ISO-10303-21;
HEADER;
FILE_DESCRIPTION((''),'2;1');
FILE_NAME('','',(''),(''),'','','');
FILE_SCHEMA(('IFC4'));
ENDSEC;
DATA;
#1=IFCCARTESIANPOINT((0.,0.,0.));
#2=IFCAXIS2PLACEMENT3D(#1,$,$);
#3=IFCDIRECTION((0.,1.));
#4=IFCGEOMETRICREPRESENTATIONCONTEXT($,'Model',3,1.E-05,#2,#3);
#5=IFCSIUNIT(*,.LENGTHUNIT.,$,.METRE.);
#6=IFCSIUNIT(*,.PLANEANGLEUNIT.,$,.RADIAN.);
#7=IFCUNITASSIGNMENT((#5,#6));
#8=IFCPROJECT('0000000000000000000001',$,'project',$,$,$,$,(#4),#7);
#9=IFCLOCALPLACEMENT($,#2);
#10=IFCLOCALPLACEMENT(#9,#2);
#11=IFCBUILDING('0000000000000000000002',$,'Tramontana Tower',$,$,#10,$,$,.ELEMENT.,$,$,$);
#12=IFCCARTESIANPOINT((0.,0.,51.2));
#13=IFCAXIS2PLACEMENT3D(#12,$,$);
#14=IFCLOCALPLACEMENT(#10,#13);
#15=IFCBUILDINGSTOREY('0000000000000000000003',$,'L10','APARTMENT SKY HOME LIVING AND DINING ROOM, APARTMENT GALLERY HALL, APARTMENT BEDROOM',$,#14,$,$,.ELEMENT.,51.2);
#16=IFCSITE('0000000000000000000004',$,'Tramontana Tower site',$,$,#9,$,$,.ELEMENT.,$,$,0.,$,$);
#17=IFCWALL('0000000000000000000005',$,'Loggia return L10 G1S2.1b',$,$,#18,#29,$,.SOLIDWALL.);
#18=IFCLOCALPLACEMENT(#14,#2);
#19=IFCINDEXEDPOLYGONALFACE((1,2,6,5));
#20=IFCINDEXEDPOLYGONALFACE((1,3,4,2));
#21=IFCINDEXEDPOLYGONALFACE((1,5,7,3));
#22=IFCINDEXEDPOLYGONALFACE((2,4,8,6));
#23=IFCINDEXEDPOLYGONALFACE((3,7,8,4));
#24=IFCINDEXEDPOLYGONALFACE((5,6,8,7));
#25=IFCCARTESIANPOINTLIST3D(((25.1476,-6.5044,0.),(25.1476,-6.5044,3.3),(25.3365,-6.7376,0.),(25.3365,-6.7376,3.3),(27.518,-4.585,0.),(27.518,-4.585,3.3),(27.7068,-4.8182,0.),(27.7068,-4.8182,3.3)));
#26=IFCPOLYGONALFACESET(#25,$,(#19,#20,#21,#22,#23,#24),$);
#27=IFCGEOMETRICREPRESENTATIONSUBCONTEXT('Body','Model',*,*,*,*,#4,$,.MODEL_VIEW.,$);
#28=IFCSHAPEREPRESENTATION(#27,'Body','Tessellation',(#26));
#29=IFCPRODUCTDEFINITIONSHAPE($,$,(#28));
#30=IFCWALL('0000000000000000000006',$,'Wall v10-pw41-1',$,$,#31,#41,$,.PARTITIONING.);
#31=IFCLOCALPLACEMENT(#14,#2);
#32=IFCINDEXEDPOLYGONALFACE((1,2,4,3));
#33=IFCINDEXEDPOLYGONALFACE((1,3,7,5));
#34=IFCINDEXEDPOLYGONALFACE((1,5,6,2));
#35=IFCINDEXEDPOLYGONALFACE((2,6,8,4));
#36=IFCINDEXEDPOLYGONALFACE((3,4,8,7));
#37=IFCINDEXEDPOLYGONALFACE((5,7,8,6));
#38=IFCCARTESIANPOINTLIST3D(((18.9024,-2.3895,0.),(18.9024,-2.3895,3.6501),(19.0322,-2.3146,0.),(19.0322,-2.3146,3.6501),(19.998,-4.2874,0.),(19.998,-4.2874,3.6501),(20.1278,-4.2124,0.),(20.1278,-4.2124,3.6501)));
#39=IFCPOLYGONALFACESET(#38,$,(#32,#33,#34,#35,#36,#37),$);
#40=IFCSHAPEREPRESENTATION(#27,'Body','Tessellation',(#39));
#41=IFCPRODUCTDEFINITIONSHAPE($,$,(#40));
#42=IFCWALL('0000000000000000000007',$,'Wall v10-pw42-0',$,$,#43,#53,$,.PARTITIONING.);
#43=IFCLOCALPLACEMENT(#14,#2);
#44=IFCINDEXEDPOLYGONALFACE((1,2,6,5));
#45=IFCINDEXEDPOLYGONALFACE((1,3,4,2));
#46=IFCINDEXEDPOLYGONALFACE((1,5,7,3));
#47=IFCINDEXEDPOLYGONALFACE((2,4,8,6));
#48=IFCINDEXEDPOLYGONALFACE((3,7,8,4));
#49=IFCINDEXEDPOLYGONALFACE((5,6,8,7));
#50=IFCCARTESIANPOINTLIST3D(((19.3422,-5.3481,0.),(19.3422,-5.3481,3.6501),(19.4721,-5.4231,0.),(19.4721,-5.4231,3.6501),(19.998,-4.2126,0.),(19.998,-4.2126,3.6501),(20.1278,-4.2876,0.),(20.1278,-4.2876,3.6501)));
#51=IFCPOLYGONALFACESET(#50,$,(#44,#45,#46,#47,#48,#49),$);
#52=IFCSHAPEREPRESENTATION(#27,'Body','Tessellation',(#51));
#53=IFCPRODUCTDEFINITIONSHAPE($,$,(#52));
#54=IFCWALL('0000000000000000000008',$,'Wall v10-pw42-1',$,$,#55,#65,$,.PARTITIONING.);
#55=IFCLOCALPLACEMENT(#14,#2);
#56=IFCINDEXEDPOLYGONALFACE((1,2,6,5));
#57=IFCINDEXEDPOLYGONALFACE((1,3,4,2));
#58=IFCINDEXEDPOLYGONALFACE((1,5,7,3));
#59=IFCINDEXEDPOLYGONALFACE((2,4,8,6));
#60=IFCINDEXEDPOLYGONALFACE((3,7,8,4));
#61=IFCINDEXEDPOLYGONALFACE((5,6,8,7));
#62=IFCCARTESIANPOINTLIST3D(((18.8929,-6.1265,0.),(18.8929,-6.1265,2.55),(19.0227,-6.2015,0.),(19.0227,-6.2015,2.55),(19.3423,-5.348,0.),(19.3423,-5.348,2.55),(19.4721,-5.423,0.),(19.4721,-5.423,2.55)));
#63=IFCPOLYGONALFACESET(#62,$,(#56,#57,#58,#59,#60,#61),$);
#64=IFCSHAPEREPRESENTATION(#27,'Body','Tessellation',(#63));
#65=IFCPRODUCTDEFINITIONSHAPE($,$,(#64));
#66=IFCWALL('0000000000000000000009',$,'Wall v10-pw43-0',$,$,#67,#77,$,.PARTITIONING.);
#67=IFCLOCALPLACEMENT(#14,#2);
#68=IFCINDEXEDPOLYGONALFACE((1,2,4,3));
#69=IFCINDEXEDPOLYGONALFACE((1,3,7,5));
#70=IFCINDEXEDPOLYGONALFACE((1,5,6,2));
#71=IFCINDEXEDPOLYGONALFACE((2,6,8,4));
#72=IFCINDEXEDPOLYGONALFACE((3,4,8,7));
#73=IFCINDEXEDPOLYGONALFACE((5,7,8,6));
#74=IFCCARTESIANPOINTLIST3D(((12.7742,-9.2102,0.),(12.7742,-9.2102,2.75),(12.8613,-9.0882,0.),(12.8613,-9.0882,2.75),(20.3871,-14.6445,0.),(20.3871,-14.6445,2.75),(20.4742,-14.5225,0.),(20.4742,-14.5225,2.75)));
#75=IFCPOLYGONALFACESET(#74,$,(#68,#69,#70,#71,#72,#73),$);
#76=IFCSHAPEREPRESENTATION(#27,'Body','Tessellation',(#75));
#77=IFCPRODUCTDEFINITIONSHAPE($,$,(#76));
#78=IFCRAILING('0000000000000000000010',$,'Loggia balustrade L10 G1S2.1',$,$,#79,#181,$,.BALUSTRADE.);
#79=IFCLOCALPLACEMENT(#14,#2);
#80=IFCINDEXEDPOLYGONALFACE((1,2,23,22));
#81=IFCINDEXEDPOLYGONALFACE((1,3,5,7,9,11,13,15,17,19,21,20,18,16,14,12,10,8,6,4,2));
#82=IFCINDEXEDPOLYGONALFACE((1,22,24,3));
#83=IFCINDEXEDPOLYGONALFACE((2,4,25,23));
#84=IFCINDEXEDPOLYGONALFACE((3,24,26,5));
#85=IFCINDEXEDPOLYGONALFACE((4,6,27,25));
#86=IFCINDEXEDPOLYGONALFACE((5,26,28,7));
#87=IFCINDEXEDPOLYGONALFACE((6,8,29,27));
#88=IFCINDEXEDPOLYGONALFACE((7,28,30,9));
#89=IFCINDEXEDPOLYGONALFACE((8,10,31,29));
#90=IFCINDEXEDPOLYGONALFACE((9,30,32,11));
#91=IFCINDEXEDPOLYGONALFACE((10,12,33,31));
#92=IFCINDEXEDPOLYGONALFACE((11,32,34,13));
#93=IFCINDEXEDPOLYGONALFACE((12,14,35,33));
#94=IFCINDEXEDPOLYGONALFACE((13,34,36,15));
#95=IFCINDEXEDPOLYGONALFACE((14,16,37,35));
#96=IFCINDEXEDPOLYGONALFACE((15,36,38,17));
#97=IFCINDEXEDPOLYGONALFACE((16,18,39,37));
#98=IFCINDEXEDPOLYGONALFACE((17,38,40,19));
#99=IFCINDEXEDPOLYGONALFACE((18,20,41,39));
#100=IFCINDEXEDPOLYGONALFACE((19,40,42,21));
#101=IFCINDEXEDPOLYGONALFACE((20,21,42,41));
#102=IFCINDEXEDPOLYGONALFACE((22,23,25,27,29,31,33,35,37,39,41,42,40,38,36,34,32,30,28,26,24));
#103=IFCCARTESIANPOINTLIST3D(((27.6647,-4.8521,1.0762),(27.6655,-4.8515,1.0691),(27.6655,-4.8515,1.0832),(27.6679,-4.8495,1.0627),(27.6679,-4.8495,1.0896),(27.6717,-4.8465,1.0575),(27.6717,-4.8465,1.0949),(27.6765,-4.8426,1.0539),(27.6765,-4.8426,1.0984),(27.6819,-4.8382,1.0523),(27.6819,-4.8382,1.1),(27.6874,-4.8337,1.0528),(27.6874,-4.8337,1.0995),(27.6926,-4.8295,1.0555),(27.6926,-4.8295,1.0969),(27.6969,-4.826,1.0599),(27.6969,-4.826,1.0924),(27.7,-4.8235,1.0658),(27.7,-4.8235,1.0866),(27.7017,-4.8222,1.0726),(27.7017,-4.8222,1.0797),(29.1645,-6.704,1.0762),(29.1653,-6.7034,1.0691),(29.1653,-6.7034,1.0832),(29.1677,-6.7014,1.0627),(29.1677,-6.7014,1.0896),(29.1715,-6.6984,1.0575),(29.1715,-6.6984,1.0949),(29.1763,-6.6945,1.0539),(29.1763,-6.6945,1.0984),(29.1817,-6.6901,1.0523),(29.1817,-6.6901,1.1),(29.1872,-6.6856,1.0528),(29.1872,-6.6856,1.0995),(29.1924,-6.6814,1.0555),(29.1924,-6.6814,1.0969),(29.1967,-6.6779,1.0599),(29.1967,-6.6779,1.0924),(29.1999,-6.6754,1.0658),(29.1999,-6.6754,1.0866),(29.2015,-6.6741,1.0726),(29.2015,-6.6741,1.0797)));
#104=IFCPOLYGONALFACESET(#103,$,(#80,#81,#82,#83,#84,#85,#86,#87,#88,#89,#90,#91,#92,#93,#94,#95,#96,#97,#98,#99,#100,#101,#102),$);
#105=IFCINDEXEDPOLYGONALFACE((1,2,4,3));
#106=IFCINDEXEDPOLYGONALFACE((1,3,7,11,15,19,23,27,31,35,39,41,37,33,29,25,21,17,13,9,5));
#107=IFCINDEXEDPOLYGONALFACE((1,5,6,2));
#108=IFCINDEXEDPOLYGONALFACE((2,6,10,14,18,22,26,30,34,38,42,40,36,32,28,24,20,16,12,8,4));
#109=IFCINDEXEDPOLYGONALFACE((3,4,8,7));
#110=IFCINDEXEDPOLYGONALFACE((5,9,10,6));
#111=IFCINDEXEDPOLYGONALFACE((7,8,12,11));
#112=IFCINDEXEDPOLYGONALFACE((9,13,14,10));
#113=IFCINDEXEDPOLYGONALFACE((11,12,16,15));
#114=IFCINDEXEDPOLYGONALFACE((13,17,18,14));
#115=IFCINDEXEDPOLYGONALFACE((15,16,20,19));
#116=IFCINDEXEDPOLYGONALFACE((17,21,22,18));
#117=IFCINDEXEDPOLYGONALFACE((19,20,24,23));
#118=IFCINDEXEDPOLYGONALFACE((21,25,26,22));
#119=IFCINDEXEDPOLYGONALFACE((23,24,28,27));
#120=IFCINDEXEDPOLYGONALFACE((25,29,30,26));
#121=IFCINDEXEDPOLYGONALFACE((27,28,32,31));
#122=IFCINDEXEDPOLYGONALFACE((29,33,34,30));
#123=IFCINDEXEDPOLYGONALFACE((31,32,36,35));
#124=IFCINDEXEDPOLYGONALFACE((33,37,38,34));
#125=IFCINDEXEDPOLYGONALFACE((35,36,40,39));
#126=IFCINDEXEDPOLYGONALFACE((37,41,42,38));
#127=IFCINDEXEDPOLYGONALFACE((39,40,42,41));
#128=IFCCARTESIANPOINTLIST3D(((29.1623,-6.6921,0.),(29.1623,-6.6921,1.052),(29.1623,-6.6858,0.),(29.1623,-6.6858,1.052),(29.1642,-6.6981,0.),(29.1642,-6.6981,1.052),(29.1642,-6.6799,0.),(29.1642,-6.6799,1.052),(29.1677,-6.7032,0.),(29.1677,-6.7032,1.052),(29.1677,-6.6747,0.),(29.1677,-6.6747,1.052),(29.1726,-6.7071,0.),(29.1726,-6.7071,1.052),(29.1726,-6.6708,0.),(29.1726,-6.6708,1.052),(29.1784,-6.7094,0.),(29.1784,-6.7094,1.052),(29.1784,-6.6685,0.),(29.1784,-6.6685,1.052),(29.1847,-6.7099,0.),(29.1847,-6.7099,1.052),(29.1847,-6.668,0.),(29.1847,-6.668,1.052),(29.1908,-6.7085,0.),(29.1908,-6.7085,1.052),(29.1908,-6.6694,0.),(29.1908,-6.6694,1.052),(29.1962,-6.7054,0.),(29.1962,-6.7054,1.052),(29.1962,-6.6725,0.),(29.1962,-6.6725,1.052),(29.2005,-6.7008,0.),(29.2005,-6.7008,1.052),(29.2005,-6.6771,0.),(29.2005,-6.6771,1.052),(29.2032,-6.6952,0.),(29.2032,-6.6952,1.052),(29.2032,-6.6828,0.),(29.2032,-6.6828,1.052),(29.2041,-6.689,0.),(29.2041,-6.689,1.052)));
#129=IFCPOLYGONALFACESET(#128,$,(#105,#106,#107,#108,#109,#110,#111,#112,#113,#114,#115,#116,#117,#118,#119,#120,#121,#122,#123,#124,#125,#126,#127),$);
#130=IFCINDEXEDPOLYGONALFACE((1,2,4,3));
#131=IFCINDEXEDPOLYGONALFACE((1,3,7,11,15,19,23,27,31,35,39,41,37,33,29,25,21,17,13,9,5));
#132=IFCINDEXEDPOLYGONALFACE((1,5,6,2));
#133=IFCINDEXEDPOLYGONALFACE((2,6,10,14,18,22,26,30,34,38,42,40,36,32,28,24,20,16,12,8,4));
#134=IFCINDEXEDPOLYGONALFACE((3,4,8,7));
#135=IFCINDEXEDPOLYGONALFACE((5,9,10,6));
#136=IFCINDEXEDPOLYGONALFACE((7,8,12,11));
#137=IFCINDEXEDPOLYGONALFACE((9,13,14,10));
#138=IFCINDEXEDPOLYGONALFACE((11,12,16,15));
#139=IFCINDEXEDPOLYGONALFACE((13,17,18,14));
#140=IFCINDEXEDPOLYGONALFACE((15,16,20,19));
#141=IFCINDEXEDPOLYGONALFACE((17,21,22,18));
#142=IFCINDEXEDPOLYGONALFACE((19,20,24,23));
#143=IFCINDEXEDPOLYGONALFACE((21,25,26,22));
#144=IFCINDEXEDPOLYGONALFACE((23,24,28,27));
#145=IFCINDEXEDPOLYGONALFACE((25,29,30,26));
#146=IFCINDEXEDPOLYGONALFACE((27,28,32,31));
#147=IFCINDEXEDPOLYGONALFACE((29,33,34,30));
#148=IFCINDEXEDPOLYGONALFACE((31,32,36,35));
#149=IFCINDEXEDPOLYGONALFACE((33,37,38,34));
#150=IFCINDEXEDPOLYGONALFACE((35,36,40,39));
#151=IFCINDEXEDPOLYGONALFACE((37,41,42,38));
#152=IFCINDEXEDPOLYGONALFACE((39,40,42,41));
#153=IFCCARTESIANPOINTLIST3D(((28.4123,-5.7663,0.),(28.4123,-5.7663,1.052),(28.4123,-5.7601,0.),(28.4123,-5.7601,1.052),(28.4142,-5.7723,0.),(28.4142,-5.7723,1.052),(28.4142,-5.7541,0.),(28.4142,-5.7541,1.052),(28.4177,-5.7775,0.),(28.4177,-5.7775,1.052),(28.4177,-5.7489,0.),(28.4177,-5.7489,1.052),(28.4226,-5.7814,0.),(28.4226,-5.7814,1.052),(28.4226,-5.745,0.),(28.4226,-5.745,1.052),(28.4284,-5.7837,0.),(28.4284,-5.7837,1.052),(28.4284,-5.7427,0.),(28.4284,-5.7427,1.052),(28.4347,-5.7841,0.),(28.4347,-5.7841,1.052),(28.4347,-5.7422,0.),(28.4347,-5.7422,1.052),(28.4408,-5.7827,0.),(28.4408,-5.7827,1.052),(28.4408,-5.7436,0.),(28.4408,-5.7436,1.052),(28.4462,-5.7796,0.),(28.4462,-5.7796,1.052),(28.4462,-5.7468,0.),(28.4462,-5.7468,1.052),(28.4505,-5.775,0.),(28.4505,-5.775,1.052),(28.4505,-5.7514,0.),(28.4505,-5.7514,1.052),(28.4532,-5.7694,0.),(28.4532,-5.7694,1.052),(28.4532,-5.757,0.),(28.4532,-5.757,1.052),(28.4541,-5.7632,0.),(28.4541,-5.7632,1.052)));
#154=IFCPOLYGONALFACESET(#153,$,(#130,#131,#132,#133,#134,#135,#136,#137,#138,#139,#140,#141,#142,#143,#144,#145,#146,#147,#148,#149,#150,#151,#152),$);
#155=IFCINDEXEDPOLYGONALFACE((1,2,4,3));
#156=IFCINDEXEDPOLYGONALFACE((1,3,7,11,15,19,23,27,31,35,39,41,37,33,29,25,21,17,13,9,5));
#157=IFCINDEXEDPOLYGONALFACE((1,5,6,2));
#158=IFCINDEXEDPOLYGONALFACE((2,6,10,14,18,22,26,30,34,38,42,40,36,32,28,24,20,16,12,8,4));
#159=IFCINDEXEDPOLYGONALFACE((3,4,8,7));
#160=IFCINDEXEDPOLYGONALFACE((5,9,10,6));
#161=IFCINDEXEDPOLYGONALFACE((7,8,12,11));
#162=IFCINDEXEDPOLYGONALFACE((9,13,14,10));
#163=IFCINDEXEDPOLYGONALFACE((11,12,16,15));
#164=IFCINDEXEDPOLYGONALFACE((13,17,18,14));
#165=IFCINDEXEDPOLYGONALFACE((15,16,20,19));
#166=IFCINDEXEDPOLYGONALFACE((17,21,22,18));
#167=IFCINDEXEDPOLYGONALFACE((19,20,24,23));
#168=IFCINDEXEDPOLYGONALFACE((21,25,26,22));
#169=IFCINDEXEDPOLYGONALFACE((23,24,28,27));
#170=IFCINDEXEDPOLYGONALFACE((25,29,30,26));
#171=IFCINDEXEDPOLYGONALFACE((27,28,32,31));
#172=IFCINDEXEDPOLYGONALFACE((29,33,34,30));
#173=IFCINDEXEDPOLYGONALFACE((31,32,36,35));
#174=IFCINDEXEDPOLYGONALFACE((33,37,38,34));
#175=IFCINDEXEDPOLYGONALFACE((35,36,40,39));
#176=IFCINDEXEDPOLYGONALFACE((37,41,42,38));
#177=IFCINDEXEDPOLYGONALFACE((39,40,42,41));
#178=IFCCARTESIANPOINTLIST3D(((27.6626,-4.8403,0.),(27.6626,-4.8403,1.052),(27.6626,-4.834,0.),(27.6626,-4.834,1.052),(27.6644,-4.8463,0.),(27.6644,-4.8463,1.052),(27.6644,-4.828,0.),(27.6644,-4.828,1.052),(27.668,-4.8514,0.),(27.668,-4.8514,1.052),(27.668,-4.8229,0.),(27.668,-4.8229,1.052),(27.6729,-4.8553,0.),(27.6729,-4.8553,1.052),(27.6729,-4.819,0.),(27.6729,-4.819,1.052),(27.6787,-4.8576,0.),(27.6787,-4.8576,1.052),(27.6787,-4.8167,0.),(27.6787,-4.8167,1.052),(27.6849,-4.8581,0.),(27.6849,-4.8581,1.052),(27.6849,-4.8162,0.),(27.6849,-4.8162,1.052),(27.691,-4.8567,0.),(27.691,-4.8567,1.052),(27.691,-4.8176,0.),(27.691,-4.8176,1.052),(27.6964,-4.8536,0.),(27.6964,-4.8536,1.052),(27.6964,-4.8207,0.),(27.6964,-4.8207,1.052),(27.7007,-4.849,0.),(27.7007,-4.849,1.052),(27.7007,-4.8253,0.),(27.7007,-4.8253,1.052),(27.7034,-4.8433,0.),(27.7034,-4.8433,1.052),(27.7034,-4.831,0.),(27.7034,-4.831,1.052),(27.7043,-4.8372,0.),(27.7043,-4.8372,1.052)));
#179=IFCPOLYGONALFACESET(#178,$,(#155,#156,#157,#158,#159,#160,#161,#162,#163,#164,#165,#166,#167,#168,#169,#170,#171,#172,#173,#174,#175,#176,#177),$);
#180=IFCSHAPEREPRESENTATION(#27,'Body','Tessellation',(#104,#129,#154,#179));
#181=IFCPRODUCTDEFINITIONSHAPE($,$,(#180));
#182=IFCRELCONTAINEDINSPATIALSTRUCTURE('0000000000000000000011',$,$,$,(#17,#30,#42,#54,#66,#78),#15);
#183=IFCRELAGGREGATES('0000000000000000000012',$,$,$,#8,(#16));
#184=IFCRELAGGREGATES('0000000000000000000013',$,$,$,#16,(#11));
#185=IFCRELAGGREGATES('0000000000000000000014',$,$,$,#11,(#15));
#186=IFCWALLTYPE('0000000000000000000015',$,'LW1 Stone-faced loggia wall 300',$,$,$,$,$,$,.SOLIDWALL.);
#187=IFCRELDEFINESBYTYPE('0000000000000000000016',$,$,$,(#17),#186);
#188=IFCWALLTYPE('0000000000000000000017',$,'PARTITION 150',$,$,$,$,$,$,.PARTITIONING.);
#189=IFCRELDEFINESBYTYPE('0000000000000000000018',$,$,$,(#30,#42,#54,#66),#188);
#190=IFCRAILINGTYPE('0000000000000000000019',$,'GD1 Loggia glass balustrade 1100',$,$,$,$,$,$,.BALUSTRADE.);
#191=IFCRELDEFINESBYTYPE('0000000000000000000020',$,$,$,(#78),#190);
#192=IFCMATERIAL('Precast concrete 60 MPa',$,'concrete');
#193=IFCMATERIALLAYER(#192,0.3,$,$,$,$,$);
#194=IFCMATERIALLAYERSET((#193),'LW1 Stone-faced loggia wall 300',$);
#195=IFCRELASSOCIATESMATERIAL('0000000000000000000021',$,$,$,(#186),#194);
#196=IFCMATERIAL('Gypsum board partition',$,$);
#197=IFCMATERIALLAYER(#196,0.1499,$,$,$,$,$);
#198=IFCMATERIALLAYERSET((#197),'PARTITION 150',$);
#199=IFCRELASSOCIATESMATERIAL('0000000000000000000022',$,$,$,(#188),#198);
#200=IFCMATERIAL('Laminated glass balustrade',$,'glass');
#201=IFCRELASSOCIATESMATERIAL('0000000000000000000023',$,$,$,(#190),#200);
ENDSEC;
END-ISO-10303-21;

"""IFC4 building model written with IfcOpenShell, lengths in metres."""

from ifc_helpers import new_model, si_unit, direction, frame, frame_2d, origin, origin_2d, place, context, subcontext, project, spatial, rectangle, circle, extrude, material, layer, layer_set, type_object, element, save


model = new_model("IFC4")

# Units and contexts
model_context = context("Model", 3, precision=1e-05, world=origin(), true_north=direction((0.0, 1.0)))
body_context = subcontext(model_context, "Body", "Model", "MODEL_VIEW")
ifc_project = project(units=[si_unit("LENGTHUNIT", "METRE"), si_unit("PLANEANGLEUNIT", "RADIAN")], contexts=[model_context])

# Site, building, storey
site_placement = place(None, origin())
site = spatial("IfcSite", under=ifc_project, at=site_placement, Name="Tramontana Tower site", CompositionType="ELEMENT", RefElevation=0.0)
building_placement = place(site_placement, origin())
building = spatial("IfcBuilding", under=site, at=building_placement, Name="Tramontana Tower", CompositionType="ELEMENT")
storey_placement = place(building_placement, frame((0.0, 0.0, 51.2)))
storey = spatial("IfcBuildingStorey", under=building, at=storey_placement, Name="L10", Description="APARTMENT SKY HOME LIVING AND DINING ROOM, APARTMENT GALLERY HALL, APARTMENT BEDROOM", CompositionType="ELEMENT", Elevation=51.2)

# Shared definitions
ifc_material_1 = material(Name="Precast concrete 60 MPa", Category="concrete")
ifc_layer_1 = layer(ifc_material_1, 0.3)
ifc_layer_set_1 = layer_set([ifc_layer_1], Name="LW1 Stone-faced loggia wall 300")
wall_type_1 = type_object("IfcWallType", Name="LW1 Stone-faced loggia wall 300", PredefinedType="SOLIDWALL", material=ifc_layer_set_1)

# Walls
for number, where, z_axis, x_axis, name in (
    (1, (27.6123, -4.7017, 0.0), (0.0, 0.0, 1.0), (-0.777154, -0.629311, 0.0), "Loggia return L10 G1S2.1b"),
):
    element("IfcWall", number, at=place(storey_placement, frame(where, z_axis=z_axis, x_axis=x_axis)), inside=storey, type_object=wall_type_1, Name=name, PredefinedType="SOLIDWALL", context=body_context, shape_type="SweptSolid", body=[
        extrude(rectangle(XDim=3.05, YDim=0.3, at=frame_2d((1.5249, 0.0))), origin(), (0.0, 0.0, 1.0), 3.3),
    ])
ifc_material_2 = material(Name="Gypsum board partition")
ifc_layer_2 = layer(ifc_material_2, 0.1499)
ifc_layer_set_2 = layer_set([ifc_layer_2], Name="PARTITION 150")
wall_type_2 = type_object("IfcWallType", Name="PARTITION 150", PredefinedType="PARTITIONING", material=ifc_layer_set_2)
wall_1_placement = place(storey_placement, frame((18.9673, -2.3521, 0.0), z_axis=(0.0, 0.0, 1.0), x_axis=(0.499973, -0.866041, 0.0)))
element("IfcWall", 2, at=wall_1_placement, inside=storey, type_object=wall_type_2, Name="Wall v10-pw41-1", PredefinedType="PARTITIONING", context=body_context, shape_type="SweptSolid", body=[
    extrude(rectangle(XDim=2.1914, YDim=0.1499, at=frame_2d((1.0957, 0.0))), origin(), (0.0, 0.0, 1.0), 3.6501),
])
wall_2_placement = place(storey_placement, frame((20.063, -4.25, 0.0), z_axis=(0.0, 0.0, 1.0), x_axis=(-0.500104, -0.865965, 0.0)))
element("IfcWall", 3, at=wall_2_placement, inside=storey, type_object=wall_type_2, Name="Wall v10-pw42-0", PredefinedType="PARTITIONING", context=body_context, shape_type="SweptSolid", body=[
    extrude(rectangle(XDim=1.3113, YDim=0.1499, at=frame_2d((0.6558, 0.0))), origin(), (0.0, 0.0, 1.0), 3.6501),
])
wall_3_placement = place(storey_placement, frame((19.4072, -5.3855, 0.0), z_axis=(0.0, 0.0, 1.0), x_axis=(-0.499965, -0.866045, 0.0)))
element("IfcWall", 4, at=wall_3_placement, inside=storey, type_object=wall_type_2, Name="Wall v10-pw42-1", PredefinedType="PARTITIONING", context=body_context, shape_type="SweptSolid", body=[
    extrude(rectangle(XDim=0.8989, YDim=0.1499, at=frame_2d((0.4495, 0.0))), origin(), (0.0, 0.0, 1.0), 2.55),
])
wall_4_placement = place(storey_placement, frame((20.4307, -14.5835, 0.0), z_axis=(0.0, 0.0, 1.0), x_axis=(-0.813913, 0.580986, 0.0)))
element("IfcWall", 5, at=wall_4_placement, inside=storey, type_object=wall_type_2, Name="Wall v10-pw43-0", PredefinedType="PARTITIONING", context=body_context, shape_type="SweptSolid", body=[
    extrude(rectangle(XDim=9.3535, YDim=0.1499, at=frame_2d((4.6768, 0.0))), origin(), (0.0, 0.0, 1.0), 2.75),
])

# Railing
ifc_material_3 = material(Name="Laminated glass balustrade", Category="glass")
railing_type = type_object("IfcRailingType", Name="GD1 Loggia glass balustrade 1100", PredefinedType="BALUSTRADE", material=ifc_material_3)
railing_1_placement = place(storey_placement, frame((29.1831, -6.689, 0.0)))
element("IfcRailing", 6, at=railing_1_placement, inside=storey, type_object=railing_type, Name="Loggia balustrade L10 G1S2.1", PredefinedType="BALUSTRADE", context=body_context, shape_type="SweptSolid", body=[
    extrude(circle(Radius=0.0239, at=origin_2d()), frame((0.0, 0.0, 1.0762), z_axis=(-0.629369, 0.777106, 0.0), x_axis=(-0.777106, -0.629369, 0.0)), (0.0, 0.0, 1.0), 2.3831),
    extrude(circle(Radius=0.021, at=origin_2d()), origin(), (0.0, 0.0, 1.0), 1.052),
    extrude(circle(Radius=0.021, at=origin_2d()), frame((-0.75, 0.9258, 0.0)), (0.0, 0.0, 1.0), 1.052),
    extrude(circle(Radius=0.021, at=origin_2d()), frame((-1.4998, 1.8518, 0.0)), (0.0, 0.0, 1.0), 1.052),
])

save(model, "model.ifc")
